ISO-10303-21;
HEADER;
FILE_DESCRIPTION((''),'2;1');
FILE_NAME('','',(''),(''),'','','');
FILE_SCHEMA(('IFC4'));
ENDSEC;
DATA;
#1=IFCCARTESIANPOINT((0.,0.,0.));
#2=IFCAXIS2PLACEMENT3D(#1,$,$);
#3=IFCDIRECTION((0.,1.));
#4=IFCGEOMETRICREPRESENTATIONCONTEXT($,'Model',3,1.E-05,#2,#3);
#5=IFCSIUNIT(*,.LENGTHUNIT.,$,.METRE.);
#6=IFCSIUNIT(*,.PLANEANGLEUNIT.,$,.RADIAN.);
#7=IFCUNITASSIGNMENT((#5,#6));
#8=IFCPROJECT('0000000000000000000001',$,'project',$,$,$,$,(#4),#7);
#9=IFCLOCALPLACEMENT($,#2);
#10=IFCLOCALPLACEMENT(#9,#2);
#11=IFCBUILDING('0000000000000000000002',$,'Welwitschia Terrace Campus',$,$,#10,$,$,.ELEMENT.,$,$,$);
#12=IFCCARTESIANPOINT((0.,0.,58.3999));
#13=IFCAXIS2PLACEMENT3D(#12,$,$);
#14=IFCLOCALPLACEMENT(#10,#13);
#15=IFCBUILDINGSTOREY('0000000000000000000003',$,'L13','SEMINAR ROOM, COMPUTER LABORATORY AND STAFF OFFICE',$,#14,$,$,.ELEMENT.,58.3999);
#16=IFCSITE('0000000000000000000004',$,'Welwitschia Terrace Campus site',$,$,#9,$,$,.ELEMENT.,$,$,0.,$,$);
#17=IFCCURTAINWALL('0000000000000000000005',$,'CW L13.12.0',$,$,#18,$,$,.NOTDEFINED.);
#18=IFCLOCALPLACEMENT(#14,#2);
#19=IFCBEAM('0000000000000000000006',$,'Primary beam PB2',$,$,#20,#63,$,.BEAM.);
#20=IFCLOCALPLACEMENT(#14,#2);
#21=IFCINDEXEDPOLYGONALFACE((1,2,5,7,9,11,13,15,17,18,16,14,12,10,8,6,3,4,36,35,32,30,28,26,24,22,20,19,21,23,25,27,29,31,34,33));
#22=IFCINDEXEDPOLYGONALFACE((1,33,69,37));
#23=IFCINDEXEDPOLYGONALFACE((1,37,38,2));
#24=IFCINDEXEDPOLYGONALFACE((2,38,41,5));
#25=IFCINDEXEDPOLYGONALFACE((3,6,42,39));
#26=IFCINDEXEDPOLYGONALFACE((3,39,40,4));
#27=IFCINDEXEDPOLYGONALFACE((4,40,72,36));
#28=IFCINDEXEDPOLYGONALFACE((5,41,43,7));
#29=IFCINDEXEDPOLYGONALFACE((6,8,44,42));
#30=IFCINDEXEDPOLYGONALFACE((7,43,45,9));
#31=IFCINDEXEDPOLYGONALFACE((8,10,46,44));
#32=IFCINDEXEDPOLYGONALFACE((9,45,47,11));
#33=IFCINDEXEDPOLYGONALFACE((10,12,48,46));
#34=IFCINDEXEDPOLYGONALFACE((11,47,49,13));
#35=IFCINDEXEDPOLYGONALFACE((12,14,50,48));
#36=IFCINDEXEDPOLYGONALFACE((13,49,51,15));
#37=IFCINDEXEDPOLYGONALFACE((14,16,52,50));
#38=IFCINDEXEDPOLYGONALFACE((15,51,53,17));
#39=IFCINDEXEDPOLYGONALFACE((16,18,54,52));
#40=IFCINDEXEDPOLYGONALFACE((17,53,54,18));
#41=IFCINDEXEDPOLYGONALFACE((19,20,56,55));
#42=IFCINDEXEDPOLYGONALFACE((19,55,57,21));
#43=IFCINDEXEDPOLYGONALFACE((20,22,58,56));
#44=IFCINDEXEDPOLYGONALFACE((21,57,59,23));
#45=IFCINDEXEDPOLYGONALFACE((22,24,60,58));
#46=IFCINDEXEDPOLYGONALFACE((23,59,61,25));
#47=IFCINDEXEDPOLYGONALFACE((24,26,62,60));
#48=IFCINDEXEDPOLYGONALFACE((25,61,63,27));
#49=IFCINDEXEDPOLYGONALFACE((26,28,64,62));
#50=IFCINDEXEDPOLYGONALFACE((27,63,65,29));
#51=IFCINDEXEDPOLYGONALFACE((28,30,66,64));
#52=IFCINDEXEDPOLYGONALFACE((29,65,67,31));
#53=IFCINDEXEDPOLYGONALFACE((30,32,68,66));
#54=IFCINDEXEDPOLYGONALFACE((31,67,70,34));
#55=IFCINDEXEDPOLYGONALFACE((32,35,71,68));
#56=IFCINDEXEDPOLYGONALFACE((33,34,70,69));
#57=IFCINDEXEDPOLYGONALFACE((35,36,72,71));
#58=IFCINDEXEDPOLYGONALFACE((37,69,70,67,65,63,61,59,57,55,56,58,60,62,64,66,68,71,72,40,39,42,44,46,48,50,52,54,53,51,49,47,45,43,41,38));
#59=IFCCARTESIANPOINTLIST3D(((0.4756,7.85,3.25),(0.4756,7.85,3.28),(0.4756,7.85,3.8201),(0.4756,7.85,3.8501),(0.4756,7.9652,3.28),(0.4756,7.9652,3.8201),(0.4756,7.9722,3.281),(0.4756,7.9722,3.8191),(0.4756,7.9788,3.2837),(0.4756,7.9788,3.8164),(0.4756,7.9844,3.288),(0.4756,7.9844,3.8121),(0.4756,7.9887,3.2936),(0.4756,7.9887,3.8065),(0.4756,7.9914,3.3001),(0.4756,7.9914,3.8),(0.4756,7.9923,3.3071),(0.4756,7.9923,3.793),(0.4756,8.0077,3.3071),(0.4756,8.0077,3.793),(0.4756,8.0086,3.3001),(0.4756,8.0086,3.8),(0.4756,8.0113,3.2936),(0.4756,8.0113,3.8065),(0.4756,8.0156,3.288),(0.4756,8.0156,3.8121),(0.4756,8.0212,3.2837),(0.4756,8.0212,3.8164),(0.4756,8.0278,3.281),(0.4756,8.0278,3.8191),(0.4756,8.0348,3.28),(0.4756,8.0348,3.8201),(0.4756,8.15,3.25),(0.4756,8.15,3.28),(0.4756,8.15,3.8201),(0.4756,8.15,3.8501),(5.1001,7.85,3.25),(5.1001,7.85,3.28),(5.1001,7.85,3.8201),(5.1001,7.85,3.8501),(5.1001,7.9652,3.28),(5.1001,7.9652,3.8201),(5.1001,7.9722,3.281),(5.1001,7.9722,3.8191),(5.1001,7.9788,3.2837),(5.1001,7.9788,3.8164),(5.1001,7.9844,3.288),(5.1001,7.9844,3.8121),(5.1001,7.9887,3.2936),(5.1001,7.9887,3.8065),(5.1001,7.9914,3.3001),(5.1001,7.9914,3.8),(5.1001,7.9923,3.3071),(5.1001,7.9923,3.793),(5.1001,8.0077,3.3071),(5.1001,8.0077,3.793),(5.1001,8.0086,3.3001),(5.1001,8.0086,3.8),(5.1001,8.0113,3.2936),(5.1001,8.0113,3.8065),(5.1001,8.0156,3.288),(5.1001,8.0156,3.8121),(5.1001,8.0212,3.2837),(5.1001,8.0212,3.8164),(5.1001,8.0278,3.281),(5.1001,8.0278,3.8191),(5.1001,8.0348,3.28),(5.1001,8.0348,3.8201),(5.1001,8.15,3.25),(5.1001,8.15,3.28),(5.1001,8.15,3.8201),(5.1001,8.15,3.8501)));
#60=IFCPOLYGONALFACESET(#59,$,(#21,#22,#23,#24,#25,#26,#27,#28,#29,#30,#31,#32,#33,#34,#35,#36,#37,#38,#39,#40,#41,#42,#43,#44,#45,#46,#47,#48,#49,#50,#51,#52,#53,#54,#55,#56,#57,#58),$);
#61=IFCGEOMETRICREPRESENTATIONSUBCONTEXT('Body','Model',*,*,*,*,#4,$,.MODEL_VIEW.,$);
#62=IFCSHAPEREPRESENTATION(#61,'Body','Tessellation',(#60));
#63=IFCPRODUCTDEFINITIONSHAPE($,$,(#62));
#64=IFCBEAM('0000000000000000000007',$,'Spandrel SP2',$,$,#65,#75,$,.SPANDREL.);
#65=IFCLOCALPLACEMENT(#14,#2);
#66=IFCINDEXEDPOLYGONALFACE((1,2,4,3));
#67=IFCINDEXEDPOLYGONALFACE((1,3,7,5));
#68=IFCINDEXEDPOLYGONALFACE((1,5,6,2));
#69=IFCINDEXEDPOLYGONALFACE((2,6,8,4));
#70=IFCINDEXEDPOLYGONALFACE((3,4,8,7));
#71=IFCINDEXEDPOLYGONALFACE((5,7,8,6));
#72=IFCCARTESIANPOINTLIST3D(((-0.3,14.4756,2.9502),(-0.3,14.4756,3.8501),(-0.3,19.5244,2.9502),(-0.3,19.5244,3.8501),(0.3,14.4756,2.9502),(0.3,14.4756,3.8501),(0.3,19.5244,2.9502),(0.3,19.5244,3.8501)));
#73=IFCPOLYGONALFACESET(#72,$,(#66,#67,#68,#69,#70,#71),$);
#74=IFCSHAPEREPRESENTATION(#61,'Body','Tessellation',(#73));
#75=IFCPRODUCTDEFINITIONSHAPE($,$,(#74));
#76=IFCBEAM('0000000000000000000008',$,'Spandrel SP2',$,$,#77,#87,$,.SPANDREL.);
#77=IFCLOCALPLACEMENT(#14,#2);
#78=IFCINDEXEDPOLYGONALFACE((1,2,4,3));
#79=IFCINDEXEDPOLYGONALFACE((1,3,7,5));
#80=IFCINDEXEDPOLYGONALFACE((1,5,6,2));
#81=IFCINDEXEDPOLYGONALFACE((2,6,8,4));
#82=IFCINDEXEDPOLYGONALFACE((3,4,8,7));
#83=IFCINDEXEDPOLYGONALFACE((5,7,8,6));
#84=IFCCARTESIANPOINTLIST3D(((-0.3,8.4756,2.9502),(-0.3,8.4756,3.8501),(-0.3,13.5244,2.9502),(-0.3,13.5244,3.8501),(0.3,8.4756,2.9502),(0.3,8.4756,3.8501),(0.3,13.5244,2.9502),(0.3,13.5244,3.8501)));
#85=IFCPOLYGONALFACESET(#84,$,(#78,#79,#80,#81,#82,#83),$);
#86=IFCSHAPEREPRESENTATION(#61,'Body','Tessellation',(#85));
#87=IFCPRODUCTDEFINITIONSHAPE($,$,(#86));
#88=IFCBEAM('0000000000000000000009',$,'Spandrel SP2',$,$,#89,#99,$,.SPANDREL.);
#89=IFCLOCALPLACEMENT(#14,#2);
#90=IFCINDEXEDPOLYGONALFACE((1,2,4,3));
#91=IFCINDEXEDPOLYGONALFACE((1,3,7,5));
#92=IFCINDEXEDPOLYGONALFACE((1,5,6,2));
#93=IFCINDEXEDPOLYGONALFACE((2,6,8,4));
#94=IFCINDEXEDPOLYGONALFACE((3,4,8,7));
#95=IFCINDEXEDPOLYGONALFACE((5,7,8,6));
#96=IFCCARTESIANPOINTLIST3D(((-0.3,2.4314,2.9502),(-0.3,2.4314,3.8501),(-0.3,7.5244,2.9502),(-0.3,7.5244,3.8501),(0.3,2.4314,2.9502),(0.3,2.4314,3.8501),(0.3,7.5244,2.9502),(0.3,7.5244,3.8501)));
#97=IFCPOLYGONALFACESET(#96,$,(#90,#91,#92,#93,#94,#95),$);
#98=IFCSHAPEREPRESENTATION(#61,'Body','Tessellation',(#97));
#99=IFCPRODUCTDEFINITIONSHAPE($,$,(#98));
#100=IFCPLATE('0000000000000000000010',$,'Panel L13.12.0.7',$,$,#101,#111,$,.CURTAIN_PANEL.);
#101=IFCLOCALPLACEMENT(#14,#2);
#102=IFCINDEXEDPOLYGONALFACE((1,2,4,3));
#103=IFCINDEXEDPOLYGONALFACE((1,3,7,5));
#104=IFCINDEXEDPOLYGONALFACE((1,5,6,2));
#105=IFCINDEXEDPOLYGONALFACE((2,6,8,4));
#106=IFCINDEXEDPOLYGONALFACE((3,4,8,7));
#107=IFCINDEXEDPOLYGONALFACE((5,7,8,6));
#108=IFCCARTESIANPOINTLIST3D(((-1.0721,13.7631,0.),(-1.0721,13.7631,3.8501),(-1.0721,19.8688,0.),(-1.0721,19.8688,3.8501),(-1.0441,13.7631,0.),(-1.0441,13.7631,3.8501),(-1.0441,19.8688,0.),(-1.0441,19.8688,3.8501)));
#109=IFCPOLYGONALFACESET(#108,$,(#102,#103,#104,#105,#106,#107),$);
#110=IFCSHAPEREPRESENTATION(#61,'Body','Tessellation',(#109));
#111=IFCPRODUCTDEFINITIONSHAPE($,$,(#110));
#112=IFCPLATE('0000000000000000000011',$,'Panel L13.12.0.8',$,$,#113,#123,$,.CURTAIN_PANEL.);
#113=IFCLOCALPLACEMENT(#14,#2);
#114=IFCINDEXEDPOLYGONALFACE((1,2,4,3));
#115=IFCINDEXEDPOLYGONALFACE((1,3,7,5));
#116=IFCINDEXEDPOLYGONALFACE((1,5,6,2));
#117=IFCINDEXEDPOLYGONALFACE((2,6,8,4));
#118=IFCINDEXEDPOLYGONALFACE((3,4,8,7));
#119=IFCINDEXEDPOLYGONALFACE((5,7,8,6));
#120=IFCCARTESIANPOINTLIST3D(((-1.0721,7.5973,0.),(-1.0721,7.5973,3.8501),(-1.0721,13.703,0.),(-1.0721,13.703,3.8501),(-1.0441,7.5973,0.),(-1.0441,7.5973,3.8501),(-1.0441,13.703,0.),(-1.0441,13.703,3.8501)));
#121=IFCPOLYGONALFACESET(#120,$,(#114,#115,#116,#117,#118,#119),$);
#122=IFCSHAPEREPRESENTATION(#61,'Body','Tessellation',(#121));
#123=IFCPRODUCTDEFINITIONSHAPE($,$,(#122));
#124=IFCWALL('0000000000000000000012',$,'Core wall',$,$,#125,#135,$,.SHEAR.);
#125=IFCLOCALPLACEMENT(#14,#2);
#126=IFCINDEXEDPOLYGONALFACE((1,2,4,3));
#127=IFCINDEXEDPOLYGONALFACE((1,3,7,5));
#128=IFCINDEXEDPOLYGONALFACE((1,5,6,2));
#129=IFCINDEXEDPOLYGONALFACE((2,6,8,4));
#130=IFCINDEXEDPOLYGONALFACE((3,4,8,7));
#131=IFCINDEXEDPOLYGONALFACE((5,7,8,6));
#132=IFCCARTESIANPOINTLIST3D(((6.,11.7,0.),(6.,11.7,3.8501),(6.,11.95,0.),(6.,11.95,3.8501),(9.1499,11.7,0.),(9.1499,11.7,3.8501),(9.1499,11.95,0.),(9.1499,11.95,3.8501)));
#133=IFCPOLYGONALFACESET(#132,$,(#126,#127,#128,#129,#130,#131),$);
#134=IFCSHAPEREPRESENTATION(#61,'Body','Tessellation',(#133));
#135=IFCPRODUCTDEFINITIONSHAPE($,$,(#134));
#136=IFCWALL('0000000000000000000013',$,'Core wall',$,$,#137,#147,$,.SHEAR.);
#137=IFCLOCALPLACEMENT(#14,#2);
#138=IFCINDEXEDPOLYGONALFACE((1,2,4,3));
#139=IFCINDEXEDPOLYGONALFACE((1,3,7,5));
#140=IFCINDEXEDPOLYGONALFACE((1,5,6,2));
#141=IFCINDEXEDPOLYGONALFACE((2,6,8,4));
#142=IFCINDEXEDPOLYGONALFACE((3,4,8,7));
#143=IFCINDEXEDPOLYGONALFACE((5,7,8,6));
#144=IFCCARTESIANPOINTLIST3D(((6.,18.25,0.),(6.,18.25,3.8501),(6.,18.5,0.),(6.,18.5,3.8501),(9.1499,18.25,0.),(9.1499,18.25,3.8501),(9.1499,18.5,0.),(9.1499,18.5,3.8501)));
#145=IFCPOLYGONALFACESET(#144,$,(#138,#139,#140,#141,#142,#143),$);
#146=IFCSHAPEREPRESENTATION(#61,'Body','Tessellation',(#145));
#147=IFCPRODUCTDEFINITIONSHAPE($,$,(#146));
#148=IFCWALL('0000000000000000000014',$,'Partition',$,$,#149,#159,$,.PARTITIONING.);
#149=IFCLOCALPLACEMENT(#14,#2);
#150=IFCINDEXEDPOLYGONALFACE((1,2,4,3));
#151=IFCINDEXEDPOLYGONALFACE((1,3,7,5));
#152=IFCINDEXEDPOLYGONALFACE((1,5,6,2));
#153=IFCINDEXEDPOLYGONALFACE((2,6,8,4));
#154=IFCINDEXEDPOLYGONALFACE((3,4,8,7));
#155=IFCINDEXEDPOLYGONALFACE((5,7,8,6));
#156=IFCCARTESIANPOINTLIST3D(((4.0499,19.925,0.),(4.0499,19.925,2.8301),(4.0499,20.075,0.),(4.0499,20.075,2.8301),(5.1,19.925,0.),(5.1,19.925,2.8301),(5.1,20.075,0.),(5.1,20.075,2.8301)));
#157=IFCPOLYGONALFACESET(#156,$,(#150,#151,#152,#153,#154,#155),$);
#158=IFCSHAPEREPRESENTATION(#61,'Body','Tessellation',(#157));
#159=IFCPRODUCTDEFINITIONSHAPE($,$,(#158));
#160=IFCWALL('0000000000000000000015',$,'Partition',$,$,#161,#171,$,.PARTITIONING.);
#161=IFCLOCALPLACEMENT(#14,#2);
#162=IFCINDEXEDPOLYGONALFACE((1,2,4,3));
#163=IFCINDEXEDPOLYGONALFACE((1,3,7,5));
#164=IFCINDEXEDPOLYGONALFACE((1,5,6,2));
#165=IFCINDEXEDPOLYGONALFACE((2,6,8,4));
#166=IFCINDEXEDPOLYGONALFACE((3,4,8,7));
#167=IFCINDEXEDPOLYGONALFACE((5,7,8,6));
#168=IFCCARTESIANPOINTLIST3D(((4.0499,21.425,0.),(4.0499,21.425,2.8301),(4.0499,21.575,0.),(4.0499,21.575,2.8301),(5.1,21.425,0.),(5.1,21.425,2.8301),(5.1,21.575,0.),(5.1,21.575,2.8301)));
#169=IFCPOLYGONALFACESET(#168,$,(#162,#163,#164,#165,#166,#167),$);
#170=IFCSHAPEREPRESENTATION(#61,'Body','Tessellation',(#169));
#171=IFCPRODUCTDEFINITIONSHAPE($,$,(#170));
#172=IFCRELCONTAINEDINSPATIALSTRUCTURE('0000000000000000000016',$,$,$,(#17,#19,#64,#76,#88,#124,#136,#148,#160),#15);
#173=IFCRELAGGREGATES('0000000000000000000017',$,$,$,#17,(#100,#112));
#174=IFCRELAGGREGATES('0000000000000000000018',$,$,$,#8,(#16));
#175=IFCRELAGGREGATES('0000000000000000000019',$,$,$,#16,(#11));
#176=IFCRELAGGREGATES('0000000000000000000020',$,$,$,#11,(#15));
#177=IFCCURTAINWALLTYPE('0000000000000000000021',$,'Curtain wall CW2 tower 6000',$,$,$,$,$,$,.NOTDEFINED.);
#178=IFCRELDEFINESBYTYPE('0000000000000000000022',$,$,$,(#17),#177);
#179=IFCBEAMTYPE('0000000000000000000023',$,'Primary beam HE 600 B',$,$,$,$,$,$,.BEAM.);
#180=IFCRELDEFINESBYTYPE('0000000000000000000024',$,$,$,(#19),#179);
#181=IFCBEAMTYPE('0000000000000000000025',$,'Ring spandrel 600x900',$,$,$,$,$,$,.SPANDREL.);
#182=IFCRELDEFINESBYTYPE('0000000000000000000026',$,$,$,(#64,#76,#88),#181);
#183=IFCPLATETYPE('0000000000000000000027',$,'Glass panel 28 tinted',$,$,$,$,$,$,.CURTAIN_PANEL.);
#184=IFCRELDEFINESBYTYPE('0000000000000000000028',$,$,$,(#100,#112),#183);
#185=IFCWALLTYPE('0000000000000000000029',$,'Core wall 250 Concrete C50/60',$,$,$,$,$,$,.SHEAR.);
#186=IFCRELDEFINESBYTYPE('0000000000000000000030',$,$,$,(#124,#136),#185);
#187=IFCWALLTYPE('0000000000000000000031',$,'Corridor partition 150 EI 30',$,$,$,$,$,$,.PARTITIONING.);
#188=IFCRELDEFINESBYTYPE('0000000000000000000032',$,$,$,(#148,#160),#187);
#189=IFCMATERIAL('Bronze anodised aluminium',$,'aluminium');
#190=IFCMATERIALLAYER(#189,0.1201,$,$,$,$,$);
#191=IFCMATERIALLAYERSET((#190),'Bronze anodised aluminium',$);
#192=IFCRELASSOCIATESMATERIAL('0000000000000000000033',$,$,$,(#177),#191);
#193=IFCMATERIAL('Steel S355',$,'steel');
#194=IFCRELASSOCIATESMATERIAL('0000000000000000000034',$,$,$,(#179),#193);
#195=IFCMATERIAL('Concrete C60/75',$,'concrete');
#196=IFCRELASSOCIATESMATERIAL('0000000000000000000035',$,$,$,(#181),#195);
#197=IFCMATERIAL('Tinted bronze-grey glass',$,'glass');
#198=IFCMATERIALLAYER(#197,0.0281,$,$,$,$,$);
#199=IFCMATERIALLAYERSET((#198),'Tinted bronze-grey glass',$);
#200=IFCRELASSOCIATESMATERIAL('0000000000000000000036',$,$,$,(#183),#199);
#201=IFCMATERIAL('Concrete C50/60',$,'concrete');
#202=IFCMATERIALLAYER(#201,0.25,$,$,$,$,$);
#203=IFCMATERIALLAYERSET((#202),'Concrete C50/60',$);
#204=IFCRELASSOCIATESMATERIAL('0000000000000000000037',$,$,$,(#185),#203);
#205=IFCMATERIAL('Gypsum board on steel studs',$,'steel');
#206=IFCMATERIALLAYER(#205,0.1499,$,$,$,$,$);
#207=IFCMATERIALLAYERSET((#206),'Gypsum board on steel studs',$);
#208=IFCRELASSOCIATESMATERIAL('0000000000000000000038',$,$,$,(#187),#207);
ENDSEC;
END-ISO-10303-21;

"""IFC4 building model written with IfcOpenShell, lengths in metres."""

from ifc_helpers import new_model, si_unit, direction, frame, frame_2d, origin, origin_2d, place, context, subcontext, project, spatial, rectangle, i_section, extrude, material, layer, layer_set, material_profile, profile_set, type_object, element, aggregate, save


model = new_model("IFC4")

# Units and contexts
model_context = context("Model", 3, precision=1e-05, world=origin(), true_north=direction((0.0, 1.0)))
body_context = subcontext(model_context, "Body", "Model", "MODEL_VIEW")
ifc_project = project(units=[si_unit("LENGTHUNIT", "METRE"), si_unit("PLANEANGLEUNIT", "RADIAN")], contexts=[model_context])

# Site, building, storey
site_placement = place(None, origin())
site = spatial("IfcSite", under=ifc_project, at=site_placement, Name="Welwitschia Terrace Campus site", CompositionType="ELEMENT", RefElevation=0.0)
building_placement = place(site_placement, origin())
building = spatial("IfcBuilding", under=site, at=building_placement, Name="Welwitschia Terrace Campus", CompositionType="ELEMENT")
storey_placement = place(building_placement, frame((0.0, 0.0, 58.3999)))
storey = spatial("IfcBuildingStorey", under=building, at=storey_placement, Name="L13", Description="SEMINAR ROOM, COMPUTER LABORATORY AND STAFF OFFICE", CompositionType="ELEMENT", Elevation=58.3999)

# Curtain wall
ifc_material_1 = material(Name="Bronze anodised aluminium", Category="aluminium")
ifc_layer_1 = layer(ifc_material_1, 0.1201)
ifc_layer_set_1 = layer_set([ifc_layer_1], Name="Bronze anodised aluminium")
curtain_wall_type = type_object("IfcCurtainWallType", Name="Curtain wall CW2 tower 6000", PredefinedType="NOTDEFINED", material=ifc_layer_set_1)
curtain_wall_placement = place(storey_placement, origin())
curtain_wall = element("IfcCurtainWall", 1, at=curtain_wall_placement, inside=storey, type_object=curtain_wall_type, Name="CW L13.12.0", PredefinedType="NOTDEFINED")

# Beams
ifc_material_2 = material(Name="Steel S355", Category="steel")
ifc_material_profile_1 = material_profile(ifc_material_2, i_section(OverallWidth=0.3, OverallDepth=0.6001, WebThickness=0.0154, FlangeThickness=0.03, FilletRadius=0.0271, at=origin_2d()))
ifc_profile_set_1 = profile_set([ifc_material_profile_1], Name="Steel S355")
beam_type_1 = type_object("IfcBeamType", Name="Primary beam HE 600 B", PredefinedType="BEAM", material=ifc_profile_set_1)
for number, where, z_axis, x_axis, name in (
    (2, (0.4756, 8.0, 3.55), (1.0, 0.0, 0.0), (0.0, 1.0, 0.0), "Primary beam PB2"),
):
    element("IfcBeam", number, at=place(storey_placement, frame(where, z_axis=z_axis, x_axis=x_axis)), inside=storey, type_object=beam_type_1, Name=name, PredefinedType="BEAM", context=body_context, shape_type="SweptSolid", body=[
        extrude(i_section(OverallWidth=0.3, OverallDepth=0.6001, WebThickness=0.0154, FlangeThickness=0.03, FilletRadius=0.0271, at=origin_2d()), origin(), (0.0, 0.0, 1.0), 4.6245),
    ])
ifc_material_3 = material(Name="Concrete C60/75", Category="concrete")
ifc_material_profile_2 = material_profile(ifc_material_3, rectangle(XDim=0.6001, YDim=0.8999, at=origin_2d()))
ifc_profile_set_2 = profile_set([ifc_material_profile_2], Name="Concrete C60/75")
beam_type_2 = type_object("IfcBeamType", Name="Ring spandrel 600x900", PredefinedType="SPANDREL", material=ifc_profile_set_2)
for number, where, z_axis, x_axis, name in (
    (3, (0.0, 19.5244, 3.4001), (0.0, -1.0, 0.0), (1.0, 0.0, 0.0), "Spandrel SP2"),
    (4, (0.0, 13.5244, 3.4001), (0.0, -1.0, 0.0), (1.0, 0.0, 0.0), "Spandrel SP2"),
):
    element("IfcBeam", number, at=place(storey_placement, frame(where, z_axis=z_axis, x_axis=x_axis)), inside=storey, type_object=beam_type_2, Name=name, PredefinedType="SPANDREL", context=body_context, shape_type="SweptSolid", body=[
        extrude(rectangle(XDim=0.6001, YDim=0.8999, at=origin_2d()), origin(), (0.0, 0.0, 1.0), 5.0488),
    ])
beam_1_placement = place(storey_placement, frame((0.0, 7.5244, 3.4001), z_axis=(0.0, -1.0, 0.0), x_axis=(1.0, 0.0, 0.0)))
element("IfcBeam", 5, at=beam_1_placement, inside=storey, type_object=beam_type_2, Name="Spandrel SP2", PredefinedType="SPANDREL", context=body_context, shape_type="SweptSolid", body=[
    extrude(rectangle(XDim=0.6001, YDim=0.8999, at=origin_2d()), origin(), (0.0, 0.0, 1.0), 5.093),
])

# Plates
ifc_material_4 = material(Name="Tinted bronze-grey glass", Category="glass")
ifc_layer_2 = layer(ifc_material_4, 0.0281)
ifc_layer_set_2 = layer_set([ifc_layer_2], Name="Tinted bronze-grey glass")
plate_type = type_object("IfcPlateType", Name="Glass panel 28 tinted", PredefinedType="CURTAIN_PANEL", material=ifc_layer_set_2)
plate_1_placement = place(storey_placement, frame((-1.0581, 16.8159, 0.0), z_axis=(0.0, 0.0, 1.0), x_axis=(0.0, -1.0, 0.0)))
plate_1 = element("IfcPlate", 6, at=plate_1_placement, type_object=plate_type, Name="Panel L13.12.0.7", PredefinedType="CURTAIN_PANEL", context=body_context, shape_type="SweptSolid", body=[
    extrude(rectangle(XDim=6.1057, YDim=0.0281, at=origin_2d()), origin(), (0.0, 0.0, 1.0), 3.8501),
])
plate_2_placement = place(storey_placement, frame((-1.0581, 10.6501, 0.0), z_axis=(0.0, 0.0, 1.0), x_axis=(0.0, -1.0, 0.0)))
plate_2 = element("IfcPlate", 7, at=plate_2_placement, type_object=plate_type, Name="Panel L13.12.0.8", PredefinedType="CURTAIN_PANEL", context=body_context, shape_type="SweptSolid", body=[
    extrude(rectangle(XDim=6.1057, YDim=0.0281, at=origin_2d()), origin(), (0.0, 0.0, 1.0), 3.8501),
])
aggregate(curtain_wall, [plate_1, plate_2])

# Walls
ifc_material_5 = material(Name="Concrete C50/60", Category="concrete")
ifc_layer_3 = layer(ifc_material_5, 0.25)
ifc_layer_set_3 = layer_set([ifc_layer_3], Name="Concrete C50/60")
wall_type_1 = type_object("IfcWallType", Name="Core wall 250 Concrete C50/60", PredefinedType="SHEAR", material=ifc_layer_set_3)
for number, where, z_axis, x_axis, name in (
    (8, (6.0, 11.825, 0.0), (0.0, 0.0, 1.0), (1.0, 0.0, 0.0), "Core wall"),
    (9, (6.0, 18.375, 0.0), (0.0, 0.0, 1.0), (1.0, 0.0, 0.0), "Core wall"),
):
    element("IfcWall", number, at=place(storey_placement, frame(where, z_axis=z_axis, x_axis=x_axis)), inside=storey, type_object=wall_type_1, Name=name, PredefinedType="SHEAR", context=body_context, shape_type="SweptSolid", body=[
        extrude(rectangle(XDim=3.1499, YDim=0.25, at=frame_2d((1.575, 0.0))), origin(), (0.0, 0.0, 1.0), 3.8501),
    ])
ifc_material_6 = material(Name="Gypsum board on steel studs", Category="steel")
ifc_layer_4 = layer(ifc_material_6, 0.1499)
ifc_layer_set_4 = layer_set([ifc_layer_4], Name="Gypsum board on steel studs")
wall_type_2 = type_object("IfcWallType", Name="Corridor partition 150 EI 30", PredefinedType="PARTITIONING", material=ifc_layer_set_4)
for number, where, z_axis, x_axis, name in (
    (10, (4.05, 20.0, 0.0), (0.0, 0.0, 1.0), (1.0, 0.0, 0.0), "Partition"),
    (11, (4.05, 21.5, 0.0), (0.0, 0.0, 1.0), (1.0, 0.0, 0.0), "Partition"),
):
    element("IfcWall", number, at=place(storey_placement, frame(where, z_axis=z_axis, x_axis=x_axis)), inside=storey, type_object=wall_type_2, Name=name, PredefinedType="PARTITIONING", context=body_context, shape_type="SweptSolid", body=[
        extrude(rectangle(XDim=1.05, YDim=0.1499, at=frame_2d((0.5249, 0.0))), origin(), (0.0, 0.0, 1.0), 2.8301),
    ])

save(model, "model.ifc")
